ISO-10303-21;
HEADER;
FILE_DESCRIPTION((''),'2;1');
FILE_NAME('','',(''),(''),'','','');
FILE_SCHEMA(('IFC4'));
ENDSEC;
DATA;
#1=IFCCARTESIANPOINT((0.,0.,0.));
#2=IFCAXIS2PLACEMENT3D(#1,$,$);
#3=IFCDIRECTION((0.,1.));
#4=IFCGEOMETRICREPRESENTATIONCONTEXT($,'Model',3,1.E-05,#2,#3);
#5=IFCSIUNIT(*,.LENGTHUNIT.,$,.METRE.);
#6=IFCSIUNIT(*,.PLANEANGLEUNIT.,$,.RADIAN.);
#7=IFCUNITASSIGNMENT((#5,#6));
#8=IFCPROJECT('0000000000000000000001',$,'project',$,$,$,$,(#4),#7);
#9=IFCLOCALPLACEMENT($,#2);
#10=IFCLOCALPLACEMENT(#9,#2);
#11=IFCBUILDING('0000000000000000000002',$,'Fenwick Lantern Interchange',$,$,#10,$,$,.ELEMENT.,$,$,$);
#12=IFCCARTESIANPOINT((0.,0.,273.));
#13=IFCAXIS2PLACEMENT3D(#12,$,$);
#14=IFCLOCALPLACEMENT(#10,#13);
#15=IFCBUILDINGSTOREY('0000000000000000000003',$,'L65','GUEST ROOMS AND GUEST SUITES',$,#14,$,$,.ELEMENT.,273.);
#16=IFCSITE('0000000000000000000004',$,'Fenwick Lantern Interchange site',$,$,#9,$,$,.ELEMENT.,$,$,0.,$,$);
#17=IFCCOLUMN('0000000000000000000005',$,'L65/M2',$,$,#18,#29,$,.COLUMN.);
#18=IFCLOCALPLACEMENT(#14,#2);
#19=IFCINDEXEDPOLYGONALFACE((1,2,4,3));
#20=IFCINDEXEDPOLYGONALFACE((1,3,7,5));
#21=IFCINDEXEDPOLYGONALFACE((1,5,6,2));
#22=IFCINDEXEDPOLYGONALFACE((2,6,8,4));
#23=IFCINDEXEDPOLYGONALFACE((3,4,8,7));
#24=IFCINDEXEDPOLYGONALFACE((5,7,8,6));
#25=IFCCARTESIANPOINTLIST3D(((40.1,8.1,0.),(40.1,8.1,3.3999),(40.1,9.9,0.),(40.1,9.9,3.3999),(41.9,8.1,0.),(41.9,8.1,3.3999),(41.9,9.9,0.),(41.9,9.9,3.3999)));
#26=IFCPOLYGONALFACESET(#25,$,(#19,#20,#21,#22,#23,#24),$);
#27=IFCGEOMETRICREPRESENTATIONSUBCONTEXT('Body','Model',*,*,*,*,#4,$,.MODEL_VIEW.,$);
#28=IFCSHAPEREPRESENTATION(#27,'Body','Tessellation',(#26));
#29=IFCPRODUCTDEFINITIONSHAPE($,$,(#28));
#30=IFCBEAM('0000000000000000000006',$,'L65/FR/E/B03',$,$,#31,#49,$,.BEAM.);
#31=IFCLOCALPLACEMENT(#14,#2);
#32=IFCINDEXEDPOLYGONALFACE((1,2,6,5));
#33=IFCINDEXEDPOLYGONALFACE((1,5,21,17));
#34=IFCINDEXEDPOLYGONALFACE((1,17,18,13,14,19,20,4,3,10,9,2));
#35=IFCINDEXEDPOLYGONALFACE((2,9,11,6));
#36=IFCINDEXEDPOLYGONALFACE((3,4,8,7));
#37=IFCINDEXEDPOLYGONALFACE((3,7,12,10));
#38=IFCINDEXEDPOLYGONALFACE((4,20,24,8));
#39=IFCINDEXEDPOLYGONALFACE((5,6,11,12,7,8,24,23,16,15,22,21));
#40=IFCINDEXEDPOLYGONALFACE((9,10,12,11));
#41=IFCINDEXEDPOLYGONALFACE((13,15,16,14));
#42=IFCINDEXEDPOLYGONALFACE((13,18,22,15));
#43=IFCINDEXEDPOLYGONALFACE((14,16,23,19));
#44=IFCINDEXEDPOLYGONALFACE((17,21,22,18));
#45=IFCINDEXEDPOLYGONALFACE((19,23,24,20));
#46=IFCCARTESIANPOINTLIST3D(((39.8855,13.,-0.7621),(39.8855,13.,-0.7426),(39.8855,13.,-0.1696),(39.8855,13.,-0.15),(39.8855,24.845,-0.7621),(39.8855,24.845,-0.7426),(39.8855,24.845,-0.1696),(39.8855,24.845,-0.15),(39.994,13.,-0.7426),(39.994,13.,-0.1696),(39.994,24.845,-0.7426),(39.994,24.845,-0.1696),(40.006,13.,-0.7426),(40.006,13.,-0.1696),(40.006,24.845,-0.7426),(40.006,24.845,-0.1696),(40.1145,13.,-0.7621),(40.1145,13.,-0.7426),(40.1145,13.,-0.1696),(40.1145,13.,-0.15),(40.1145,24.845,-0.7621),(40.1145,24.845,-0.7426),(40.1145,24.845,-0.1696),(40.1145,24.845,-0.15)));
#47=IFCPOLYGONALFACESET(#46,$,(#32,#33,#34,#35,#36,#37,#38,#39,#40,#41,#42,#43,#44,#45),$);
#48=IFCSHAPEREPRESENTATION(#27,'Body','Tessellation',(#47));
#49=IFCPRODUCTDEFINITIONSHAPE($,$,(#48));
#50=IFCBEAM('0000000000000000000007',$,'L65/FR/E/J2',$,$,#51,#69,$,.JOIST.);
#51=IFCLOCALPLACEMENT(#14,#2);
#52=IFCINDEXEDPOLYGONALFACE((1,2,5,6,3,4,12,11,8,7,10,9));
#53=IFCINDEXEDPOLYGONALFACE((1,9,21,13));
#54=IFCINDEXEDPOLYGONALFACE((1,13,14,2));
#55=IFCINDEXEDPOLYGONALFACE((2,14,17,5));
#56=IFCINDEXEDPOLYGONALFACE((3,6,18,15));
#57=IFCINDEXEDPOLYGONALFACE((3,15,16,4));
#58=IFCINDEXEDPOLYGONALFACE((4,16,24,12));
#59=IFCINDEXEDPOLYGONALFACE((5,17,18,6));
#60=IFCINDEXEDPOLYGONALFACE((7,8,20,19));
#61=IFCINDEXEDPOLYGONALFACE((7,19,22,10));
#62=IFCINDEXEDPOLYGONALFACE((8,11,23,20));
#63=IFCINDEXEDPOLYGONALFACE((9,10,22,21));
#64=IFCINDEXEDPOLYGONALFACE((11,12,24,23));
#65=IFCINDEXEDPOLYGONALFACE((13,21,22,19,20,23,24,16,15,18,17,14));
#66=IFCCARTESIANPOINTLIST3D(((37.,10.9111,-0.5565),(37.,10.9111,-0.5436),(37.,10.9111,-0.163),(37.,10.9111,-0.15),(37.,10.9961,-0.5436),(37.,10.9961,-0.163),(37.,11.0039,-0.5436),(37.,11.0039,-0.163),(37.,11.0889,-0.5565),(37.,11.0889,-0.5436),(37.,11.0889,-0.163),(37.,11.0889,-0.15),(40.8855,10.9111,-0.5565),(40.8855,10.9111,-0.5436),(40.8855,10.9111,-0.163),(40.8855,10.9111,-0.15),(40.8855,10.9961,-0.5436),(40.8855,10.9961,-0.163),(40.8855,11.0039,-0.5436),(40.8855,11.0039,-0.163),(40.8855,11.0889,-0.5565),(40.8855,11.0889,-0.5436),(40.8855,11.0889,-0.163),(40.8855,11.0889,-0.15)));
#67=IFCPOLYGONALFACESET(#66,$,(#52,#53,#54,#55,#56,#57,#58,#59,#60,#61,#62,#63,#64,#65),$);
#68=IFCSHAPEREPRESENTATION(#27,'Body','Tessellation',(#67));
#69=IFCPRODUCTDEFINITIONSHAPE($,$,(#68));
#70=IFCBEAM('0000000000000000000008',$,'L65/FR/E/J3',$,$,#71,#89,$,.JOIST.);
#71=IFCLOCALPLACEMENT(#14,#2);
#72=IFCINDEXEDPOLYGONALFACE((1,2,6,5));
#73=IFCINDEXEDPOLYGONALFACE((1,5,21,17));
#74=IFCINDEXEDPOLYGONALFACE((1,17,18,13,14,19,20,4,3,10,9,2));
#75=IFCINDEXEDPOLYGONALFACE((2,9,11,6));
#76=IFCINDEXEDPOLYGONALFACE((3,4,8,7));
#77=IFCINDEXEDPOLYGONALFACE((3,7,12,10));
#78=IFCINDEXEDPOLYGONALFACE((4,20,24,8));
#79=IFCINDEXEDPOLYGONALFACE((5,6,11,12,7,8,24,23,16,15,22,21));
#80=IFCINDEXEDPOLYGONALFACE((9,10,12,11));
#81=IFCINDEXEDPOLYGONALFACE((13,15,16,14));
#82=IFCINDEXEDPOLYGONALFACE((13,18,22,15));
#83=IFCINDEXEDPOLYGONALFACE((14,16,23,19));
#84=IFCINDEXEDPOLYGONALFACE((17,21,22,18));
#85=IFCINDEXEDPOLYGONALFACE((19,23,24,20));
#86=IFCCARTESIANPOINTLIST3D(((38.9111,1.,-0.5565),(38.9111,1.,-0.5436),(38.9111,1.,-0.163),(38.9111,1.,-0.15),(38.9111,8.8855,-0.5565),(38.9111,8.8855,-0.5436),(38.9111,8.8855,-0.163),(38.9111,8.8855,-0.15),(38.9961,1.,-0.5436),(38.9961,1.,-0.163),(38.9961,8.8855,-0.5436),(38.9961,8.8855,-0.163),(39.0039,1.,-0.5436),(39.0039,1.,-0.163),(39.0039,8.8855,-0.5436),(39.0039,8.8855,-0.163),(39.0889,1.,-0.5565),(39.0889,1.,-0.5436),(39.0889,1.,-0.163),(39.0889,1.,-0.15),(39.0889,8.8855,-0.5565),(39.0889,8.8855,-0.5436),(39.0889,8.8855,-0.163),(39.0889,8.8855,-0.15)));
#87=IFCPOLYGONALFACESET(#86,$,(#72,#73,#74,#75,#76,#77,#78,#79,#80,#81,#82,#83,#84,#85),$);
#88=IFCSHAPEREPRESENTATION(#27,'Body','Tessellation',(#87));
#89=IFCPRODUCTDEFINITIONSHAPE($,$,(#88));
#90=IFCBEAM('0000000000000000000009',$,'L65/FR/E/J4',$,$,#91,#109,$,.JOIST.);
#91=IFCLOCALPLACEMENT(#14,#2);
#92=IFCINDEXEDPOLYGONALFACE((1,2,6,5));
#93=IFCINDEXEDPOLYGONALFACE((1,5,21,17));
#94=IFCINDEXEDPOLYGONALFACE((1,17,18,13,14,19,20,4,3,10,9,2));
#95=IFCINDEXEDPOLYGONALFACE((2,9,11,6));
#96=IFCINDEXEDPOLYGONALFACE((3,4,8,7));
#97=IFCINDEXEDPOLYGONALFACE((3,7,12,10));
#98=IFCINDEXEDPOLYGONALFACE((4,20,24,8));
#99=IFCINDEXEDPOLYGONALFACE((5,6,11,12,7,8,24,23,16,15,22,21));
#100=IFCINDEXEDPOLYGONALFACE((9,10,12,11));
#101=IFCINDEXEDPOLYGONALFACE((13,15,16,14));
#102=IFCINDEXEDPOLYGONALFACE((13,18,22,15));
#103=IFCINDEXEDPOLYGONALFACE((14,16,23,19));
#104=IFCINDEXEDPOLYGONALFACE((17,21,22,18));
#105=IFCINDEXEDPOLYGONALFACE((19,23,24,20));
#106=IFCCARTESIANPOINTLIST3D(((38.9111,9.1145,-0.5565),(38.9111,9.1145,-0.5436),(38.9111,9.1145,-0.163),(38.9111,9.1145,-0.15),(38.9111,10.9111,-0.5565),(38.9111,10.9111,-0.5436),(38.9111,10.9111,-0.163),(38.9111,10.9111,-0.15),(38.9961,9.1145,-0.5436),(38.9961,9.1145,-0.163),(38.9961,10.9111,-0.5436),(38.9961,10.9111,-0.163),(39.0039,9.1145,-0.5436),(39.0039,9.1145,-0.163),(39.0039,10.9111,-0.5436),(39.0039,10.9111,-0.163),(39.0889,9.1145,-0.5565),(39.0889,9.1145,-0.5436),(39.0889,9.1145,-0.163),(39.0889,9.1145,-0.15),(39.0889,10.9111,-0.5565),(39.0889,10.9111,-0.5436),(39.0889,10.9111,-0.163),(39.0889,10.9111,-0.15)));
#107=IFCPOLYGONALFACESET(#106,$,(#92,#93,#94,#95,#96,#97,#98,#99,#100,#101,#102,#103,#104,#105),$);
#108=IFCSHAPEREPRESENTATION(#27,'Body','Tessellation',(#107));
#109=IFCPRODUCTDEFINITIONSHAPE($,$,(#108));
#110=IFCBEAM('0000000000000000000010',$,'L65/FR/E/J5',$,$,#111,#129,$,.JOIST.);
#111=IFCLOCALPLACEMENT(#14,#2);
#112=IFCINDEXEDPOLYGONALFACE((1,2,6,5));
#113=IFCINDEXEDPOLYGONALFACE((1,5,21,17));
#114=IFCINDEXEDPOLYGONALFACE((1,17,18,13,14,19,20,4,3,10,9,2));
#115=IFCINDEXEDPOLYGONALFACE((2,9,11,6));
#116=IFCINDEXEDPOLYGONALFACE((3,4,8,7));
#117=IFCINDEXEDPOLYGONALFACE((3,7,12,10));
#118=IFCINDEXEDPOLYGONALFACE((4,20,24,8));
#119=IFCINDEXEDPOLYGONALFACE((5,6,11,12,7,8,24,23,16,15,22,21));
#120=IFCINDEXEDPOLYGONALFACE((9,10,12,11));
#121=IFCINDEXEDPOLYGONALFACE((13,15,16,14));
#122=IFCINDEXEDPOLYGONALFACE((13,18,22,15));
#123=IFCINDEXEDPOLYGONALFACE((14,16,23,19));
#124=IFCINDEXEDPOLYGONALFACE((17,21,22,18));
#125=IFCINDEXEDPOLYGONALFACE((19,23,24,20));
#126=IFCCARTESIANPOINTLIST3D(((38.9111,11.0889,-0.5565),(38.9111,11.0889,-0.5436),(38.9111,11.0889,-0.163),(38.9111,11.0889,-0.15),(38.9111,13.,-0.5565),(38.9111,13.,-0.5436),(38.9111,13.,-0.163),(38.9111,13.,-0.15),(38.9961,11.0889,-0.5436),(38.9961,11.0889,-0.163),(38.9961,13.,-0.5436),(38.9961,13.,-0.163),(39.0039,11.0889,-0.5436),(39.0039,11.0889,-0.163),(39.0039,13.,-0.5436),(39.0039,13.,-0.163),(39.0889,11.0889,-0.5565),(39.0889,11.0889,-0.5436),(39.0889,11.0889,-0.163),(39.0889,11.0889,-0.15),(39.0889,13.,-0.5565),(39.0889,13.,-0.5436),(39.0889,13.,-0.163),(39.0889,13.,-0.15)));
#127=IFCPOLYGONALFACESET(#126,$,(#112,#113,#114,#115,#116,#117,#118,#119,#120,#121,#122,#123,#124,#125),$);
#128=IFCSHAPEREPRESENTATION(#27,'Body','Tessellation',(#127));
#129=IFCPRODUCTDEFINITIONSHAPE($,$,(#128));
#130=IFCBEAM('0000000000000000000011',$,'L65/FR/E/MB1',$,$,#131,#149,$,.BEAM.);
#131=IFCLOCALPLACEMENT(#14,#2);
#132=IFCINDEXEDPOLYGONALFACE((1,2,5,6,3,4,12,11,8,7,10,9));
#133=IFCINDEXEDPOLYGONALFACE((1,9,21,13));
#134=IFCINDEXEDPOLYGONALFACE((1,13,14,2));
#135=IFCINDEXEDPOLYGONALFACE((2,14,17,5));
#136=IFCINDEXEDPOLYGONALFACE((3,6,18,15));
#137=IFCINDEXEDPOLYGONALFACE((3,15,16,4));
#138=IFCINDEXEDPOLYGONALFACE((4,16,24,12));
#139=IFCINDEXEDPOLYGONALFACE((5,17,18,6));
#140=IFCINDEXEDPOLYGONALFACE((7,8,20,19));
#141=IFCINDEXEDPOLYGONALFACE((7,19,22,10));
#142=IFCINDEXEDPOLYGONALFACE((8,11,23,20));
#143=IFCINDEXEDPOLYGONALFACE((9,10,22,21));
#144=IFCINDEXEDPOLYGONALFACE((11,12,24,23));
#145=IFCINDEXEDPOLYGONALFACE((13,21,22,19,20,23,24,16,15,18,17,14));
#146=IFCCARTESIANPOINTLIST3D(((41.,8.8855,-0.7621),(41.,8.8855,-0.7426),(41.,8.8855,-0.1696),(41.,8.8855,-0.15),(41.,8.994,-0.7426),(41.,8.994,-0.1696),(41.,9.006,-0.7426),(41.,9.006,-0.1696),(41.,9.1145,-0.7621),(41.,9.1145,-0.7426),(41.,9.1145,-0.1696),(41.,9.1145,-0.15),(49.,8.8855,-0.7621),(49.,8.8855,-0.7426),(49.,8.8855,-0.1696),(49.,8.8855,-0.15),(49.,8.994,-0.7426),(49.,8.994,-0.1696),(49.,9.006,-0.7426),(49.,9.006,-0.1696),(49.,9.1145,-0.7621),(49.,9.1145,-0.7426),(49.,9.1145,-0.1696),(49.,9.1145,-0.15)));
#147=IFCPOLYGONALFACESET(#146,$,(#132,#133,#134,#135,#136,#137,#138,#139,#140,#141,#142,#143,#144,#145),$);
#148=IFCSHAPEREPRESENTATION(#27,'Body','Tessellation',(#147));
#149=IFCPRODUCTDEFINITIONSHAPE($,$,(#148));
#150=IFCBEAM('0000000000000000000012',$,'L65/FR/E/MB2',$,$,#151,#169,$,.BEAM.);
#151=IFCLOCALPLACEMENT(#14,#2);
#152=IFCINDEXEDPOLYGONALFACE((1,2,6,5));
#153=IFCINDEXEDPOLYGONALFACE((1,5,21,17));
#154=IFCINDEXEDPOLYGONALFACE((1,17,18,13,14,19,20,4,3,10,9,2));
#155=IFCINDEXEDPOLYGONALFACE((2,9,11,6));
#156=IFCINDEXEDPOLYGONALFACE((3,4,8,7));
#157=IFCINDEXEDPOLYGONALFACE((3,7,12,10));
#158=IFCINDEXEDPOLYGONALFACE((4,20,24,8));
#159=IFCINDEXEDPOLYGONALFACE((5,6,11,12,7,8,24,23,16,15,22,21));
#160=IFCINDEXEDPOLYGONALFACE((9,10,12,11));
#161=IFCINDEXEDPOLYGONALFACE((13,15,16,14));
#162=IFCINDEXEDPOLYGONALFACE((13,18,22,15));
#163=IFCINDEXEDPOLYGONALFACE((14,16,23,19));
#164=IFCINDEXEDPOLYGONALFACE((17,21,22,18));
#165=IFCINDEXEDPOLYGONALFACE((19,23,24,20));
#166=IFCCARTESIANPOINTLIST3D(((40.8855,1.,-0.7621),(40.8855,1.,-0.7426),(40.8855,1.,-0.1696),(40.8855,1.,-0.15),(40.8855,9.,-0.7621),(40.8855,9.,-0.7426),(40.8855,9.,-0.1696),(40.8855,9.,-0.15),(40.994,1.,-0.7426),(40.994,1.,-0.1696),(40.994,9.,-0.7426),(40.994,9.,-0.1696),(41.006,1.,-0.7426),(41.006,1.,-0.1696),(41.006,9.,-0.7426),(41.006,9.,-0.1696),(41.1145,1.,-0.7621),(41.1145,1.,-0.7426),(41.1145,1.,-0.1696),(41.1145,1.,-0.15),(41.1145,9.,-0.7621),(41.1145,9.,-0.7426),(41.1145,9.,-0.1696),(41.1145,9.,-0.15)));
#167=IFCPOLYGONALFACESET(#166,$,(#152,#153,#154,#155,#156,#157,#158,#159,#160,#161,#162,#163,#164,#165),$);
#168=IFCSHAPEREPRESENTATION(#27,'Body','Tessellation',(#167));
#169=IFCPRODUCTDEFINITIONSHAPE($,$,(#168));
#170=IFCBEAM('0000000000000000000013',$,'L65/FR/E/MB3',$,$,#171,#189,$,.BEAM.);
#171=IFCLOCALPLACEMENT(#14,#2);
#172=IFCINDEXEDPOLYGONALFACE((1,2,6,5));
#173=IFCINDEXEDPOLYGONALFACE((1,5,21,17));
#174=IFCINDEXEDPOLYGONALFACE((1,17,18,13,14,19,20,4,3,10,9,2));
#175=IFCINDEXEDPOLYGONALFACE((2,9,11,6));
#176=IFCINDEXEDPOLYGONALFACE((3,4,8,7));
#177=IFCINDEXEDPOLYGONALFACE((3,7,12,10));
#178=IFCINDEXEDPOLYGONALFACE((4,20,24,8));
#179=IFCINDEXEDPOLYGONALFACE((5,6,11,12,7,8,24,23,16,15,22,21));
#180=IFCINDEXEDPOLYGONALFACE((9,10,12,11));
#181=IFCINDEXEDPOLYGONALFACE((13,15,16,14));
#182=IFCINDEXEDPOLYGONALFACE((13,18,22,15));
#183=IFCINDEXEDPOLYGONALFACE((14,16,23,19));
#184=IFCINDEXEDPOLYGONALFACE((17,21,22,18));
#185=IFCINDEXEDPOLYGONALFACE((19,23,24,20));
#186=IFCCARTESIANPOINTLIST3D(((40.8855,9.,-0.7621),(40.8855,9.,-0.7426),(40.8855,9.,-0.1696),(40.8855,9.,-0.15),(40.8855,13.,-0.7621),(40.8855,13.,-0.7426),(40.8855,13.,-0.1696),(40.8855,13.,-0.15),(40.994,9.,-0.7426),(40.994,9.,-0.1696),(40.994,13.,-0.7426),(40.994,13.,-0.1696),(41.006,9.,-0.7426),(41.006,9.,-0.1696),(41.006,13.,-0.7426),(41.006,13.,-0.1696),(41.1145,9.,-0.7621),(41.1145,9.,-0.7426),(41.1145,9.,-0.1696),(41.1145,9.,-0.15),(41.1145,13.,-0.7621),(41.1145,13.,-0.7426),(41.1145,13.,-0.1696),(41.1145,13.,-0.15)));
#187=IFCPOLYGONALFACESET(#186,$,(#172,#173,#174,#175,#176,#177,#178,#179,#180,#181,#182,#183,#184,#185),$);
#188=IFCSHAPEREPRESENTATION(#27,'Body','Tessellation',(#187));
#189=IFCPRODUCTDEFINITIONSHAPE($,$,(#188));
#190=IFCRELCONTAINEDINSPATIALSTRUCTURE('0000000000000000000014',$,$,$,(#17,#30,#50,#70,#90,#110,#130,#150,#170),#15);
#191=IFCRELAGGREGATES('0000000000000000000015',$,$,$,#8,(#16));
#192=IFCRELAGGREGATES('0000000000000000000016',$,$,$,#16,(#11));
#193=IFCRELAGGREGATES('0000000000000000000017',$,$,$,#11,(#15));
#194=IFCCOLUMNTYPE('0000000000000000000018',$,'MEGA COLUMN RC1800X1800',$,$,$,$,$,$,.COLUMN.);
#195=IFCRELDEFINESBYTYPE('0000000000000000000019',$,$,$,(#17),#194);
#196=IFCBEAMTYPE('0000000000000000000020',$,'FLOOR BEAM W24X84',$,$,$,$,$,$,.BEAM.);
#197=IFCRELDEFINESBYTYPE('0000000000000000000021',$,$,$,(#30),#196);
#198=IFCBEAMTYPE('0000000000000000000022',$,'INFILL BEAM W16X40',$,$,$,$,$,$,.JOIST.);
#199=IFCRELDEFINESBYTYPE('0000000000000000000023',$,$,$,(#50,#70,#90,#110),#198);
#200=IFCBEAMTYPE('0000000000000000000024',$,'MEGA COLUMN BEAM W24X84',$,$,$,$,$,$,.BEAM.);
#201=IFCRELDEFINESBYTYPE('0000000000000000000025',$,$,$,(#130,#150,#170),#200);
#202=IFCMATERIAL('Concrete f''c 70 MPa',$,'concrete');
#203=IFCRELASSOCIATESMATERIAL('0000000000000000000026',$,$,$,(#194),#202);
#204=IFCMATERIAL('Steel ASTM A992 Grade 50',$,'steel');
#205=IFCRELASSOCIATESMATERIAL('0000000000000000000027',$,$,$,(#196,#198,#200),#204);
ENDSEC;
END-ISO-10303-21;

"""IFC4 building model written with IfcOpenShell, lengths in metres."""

from ifc_helpers import new_model, si_unit, direction, frame, origin, origin_2d, place, context, subcontext, project, spatial, rectangle, i_section, extrude, material, material_profile, profile_set, type_object, element, save


model = new_model("IFC4")

# Units and contexts
model_context = context("Model", 3, precision=1e-05, world=origin(), true_north=direction((0.0, 1.0)))
body_context = subcontext(model_context, "Body", "Model", "MODEL_VIEW")
ifc_project = project(units=[si_unit("LENGTHUNIT", "METRE"), si_unit("PLANEANGLEUNIT", "RADIAN")], contexts=[model_context])

# Site, building, storey
site_placement = place(None, origin())
site = spatial("IfcSite", under=ifc_project, at=site_placement, Name="Fenwick Lantern Interchange site", CompositionType="ELEMENT", RefElevation=0.0)
building_placement = place(site_placement, origin())
building = spatial("IfcBuilding", under=site, at=building_placement, Name="Fenwick Lantern Interchange", CompositionType="ELEMENT")
storey_placement = place(building_placement, frame((0.0, 0.0, 273.0)))
storey = spatial("IfcBuildingStorey", under=building, at=storey_placement, Name="L65", Description="GUEST ROOMS AND GUEST SUITES", CompositionType="ELEMENT", Elevation=273.0)

# Column
ifc_material_1 = material(Name="Concrete f'c 70 MPa", Category="concrete")
ifc_material_profile_1 = material_profile(ifc_material_1, rectangle(XDim=1.8, YDim=1.8, at=origin_2d()), Name="RC1800X1800")
ifc_profile_set_1 = profile_set([ifc_material_profile_1], Name="Concrete f'c 70 MPa")
column_type = type_object("IfcColumnType", Name="MEGA COLUMN RC1800X1800", PredefinedType="COLUMN", material=ifc_profile_set_1)
column_placement = place(storey_placement, frame((41.0, 9.0, 0.0), z_axis=(0.0, 0.0, 1.0), x_axis=(1.0, 0.0, 0.0)))
element("IfcColumn", 1, at=column_placement, inside=storey, type_object=column_type, Name="L65/M2", PredefinedType="COLUMN", context=body_context, shape_type="SweptSolid", body=[
    extrude(rectangle(XDim=1.8, YDim=1.8, at=origin_2d()), origin(), (0.0, 0.0, 1.0), 3.3999),
])

# Beams
ifc_material_2 = material(Name="Steel ASTM A992 Grade 50", Category="steel")
ifc_material_profile_2 = material_profile(ifc_material_2, i_section(OverallWidth=0.229, OverallDepth=0.6121, WebThickness=0.012, FlangeThickness=0.0195, at=origin_2d()), Name="W24X84")
ifc_profile_set_2 = profile_set([ifc_material_profile_2], Name="Steel ASTM A992 Grade 50")
beam_type_1 = type_object("IfcBeamType", Name="FLOOR BEAM W24X84", PredefinedType="BEAM", material=ifc_profile_set_2)
beam_1_placement = place(storey_placement, frame((40.0, 13.0, -0.4561), z_axis=(0.0, 1.0, 0.0), x_axis=(-1.0, 0.0, 0.0)))
element("IfcBeam", 2, at=beam_1_placement, inside=storey, type_object=beam_type_1, Name="L65/FR/E/B03", PredefinedType="BEAM", context=body_context, shape_type="SweptSolid", body=[
    extrude(i_section(OverallWidth=0.229, OverallDepth=0.6121, WebThickness=0.012, FlangeThickness=0.0195, at=origin_2d()), origin(), (0.0, 0.0, 1.0), 11.845),
])
ifc_material_profile_3 = material_profile(ifc_material_2, i_section(OverallWidth=0.1777, OverallDepth=0.4065, WebThickness=0.0078, FlangeThickness=0.0129, at=origin_2d()), Name="W16X40")
ifc_profile_set_3 = profile_set([ifc_material_profile_3], Name="Steel ASTM A992 Grade 50")
beam_type_2 = type_object("IfcBeamType", Name="INFILL BEAM W16X40", PredefinedType="JOIST", material=ifc_profile_set_3)
beam_2_placement = place(storey_placement, frame((40.8855, 11.0, -0.3533), z_axis=(-1.0, 0.0, 0.0), x_axis=(0.0, -1.0, 0.0)))
element("IfcBeam", 3, at=beam_2_placement, inside=storey, type_object=beam_type_2, Name="L65/FR/E/J2", PredefinedType="JOIST", context=body_context, shape_type="SweptSolid", body=[
    extrude(i_section(OverallWidth=0.1777, OverallDepth=0.4065, WebThickness=0.0078, FlangeThickness=0.0129, at=origin_2d()), origin(), (0.0, 0.0, 1.0), 3.8855),
])
beam_3_placement = place(storey_placement, frame((39.0, 1.0, -0.3533), z_axis=(0.0, 1.0, 0.0), x_axis=(-1.0, 0.0, 0.0)))
element("IfcBeam", 4, at=beam_3_placement, inside=storey, type_object=beam_type_2, Name="L65/FR/E/J3", PredefinedType="JOIST", context=body_context, shape_type="SweptSolid", body=[
    extrude(i_section(OverallWidth=0.1777, OverallDepth=0.4065, WebThickness=0.0078, FlangeThickness=0.0129, at=origin_2d()), origin(), (0.0, 0.0, 1.0), 7.8855),
])
beam_4_placement = place(storey_placement, frame((39.0, 9.1145, -0.3533), z_axis=(0.0, 1.0, 0.0), x_axis=(-1.0, 0.0, 0.0)))
element("IfcBeam", 5, at=beam_4_placement, inside=storey, type_object=beam_type_2, Name="L65/FR/E/J4", PredefinedType="JOIST", context=body_context, shape_type="SweptSolid", body=[
    extrude(i_section(OverallWidth=0.1777, OverallDepth=0.4065, WebThickness=0.0078, FlangeThickness=0.0129, at=origin_2d()), origin(), (0.0, 0.0, 1.0), 1.7966),
])
beam_5_placement = place(storey_placement, frame((39.0, 11.0889, -0.3533), z_axis=(0.0, 1.0, 0.0), x_axis=(-1.0, 0.0, 0.0)))
element("IfcBeam", 6, at=beam_5_placement, inside=storey, type_object=beam_type_2, Name="L65/FR/E/J5", PredefinedType="JOIST", context=body_context, shape_type="SweptSolid", body=[
    extrude(i_section(OverallWidth=0.1777, OverallDepth=0.4065, WebThickness=0.0078, FlangeThickness=0.0129, at=origin_2d()), origin(), (0.0, 0.0, 1.0), 1.9111),
])
ifc_material_profile_4 = material_profile(ifc_material_2, i_section(OverallWidth=0.229, OverallDepth=0.6121, WebThickness=0.012, FlangeThickness=0.0195, at=origin_2d()), Name="W24X84")
ifc_profile_set_4 = profile_set([ifc_material_profile_4], Name="Steel ASTM A992 Grade 50")
beam_type_3 = type_object("IfcBeamType", Name="MEGA COLUMN BEAM W24X84", PredefinedType="BEAM", material=ifc_profile_set_4)
for number, where, z_axis, x_axis, name in (
    (7, (41.0, 9.0, -0.4561), (1.0, 0.0, 0.0), (0.0, 1.0, 0.0), "L65/FR/E/MB1"),
    (8, (41.0, 9.0, -0.4561), (0.0, -1.0, 0.0), (1.0, 0.0, 0.0), "L65/FR/E/MB2"),
):
    element("IfcBeam", number, at=place(storey_placement, frame(where, z_axis=z_axis, x_axis=x_axis)), inside=storey, type_object=beam_type_3, Name=name, PredefinedType="BEAM", context=body_context, shape_type="SweptSolid", body=[
        extrude(i_section(OverallWidth=0.229, OverallDepth=0.6121, WebThickness=0.012, FlangeThickness=0.0195, at=origin_2d()), origin(), (0.0, 0.0, 1.0), 8.0),
    ])
beam_6_placement = place(storey_placement, frame((41.0, 9.0, -0.4561), z_axis=(0.0, 1.0, 0.0), x_axis=(-1.0, 0.0, 0.0)))
element("IfcBeam", 9, at=beam_6_placement, inside=storey, type_object=beam_type_3, Name="L65/FR/E/MB3", PredefinedType="BEAM", context=body_context, shape_type="SweptSolid", body=[
    extrude(i_section(OverallWidth=0.229, OverallDepth=0.6121, WebThickness=0.012, FlangeThickness=0.0195, at=origin_2d()), origin(), (0.0, 0.0, 1.0), 4.0),
])

save(model, "model.ifc")
